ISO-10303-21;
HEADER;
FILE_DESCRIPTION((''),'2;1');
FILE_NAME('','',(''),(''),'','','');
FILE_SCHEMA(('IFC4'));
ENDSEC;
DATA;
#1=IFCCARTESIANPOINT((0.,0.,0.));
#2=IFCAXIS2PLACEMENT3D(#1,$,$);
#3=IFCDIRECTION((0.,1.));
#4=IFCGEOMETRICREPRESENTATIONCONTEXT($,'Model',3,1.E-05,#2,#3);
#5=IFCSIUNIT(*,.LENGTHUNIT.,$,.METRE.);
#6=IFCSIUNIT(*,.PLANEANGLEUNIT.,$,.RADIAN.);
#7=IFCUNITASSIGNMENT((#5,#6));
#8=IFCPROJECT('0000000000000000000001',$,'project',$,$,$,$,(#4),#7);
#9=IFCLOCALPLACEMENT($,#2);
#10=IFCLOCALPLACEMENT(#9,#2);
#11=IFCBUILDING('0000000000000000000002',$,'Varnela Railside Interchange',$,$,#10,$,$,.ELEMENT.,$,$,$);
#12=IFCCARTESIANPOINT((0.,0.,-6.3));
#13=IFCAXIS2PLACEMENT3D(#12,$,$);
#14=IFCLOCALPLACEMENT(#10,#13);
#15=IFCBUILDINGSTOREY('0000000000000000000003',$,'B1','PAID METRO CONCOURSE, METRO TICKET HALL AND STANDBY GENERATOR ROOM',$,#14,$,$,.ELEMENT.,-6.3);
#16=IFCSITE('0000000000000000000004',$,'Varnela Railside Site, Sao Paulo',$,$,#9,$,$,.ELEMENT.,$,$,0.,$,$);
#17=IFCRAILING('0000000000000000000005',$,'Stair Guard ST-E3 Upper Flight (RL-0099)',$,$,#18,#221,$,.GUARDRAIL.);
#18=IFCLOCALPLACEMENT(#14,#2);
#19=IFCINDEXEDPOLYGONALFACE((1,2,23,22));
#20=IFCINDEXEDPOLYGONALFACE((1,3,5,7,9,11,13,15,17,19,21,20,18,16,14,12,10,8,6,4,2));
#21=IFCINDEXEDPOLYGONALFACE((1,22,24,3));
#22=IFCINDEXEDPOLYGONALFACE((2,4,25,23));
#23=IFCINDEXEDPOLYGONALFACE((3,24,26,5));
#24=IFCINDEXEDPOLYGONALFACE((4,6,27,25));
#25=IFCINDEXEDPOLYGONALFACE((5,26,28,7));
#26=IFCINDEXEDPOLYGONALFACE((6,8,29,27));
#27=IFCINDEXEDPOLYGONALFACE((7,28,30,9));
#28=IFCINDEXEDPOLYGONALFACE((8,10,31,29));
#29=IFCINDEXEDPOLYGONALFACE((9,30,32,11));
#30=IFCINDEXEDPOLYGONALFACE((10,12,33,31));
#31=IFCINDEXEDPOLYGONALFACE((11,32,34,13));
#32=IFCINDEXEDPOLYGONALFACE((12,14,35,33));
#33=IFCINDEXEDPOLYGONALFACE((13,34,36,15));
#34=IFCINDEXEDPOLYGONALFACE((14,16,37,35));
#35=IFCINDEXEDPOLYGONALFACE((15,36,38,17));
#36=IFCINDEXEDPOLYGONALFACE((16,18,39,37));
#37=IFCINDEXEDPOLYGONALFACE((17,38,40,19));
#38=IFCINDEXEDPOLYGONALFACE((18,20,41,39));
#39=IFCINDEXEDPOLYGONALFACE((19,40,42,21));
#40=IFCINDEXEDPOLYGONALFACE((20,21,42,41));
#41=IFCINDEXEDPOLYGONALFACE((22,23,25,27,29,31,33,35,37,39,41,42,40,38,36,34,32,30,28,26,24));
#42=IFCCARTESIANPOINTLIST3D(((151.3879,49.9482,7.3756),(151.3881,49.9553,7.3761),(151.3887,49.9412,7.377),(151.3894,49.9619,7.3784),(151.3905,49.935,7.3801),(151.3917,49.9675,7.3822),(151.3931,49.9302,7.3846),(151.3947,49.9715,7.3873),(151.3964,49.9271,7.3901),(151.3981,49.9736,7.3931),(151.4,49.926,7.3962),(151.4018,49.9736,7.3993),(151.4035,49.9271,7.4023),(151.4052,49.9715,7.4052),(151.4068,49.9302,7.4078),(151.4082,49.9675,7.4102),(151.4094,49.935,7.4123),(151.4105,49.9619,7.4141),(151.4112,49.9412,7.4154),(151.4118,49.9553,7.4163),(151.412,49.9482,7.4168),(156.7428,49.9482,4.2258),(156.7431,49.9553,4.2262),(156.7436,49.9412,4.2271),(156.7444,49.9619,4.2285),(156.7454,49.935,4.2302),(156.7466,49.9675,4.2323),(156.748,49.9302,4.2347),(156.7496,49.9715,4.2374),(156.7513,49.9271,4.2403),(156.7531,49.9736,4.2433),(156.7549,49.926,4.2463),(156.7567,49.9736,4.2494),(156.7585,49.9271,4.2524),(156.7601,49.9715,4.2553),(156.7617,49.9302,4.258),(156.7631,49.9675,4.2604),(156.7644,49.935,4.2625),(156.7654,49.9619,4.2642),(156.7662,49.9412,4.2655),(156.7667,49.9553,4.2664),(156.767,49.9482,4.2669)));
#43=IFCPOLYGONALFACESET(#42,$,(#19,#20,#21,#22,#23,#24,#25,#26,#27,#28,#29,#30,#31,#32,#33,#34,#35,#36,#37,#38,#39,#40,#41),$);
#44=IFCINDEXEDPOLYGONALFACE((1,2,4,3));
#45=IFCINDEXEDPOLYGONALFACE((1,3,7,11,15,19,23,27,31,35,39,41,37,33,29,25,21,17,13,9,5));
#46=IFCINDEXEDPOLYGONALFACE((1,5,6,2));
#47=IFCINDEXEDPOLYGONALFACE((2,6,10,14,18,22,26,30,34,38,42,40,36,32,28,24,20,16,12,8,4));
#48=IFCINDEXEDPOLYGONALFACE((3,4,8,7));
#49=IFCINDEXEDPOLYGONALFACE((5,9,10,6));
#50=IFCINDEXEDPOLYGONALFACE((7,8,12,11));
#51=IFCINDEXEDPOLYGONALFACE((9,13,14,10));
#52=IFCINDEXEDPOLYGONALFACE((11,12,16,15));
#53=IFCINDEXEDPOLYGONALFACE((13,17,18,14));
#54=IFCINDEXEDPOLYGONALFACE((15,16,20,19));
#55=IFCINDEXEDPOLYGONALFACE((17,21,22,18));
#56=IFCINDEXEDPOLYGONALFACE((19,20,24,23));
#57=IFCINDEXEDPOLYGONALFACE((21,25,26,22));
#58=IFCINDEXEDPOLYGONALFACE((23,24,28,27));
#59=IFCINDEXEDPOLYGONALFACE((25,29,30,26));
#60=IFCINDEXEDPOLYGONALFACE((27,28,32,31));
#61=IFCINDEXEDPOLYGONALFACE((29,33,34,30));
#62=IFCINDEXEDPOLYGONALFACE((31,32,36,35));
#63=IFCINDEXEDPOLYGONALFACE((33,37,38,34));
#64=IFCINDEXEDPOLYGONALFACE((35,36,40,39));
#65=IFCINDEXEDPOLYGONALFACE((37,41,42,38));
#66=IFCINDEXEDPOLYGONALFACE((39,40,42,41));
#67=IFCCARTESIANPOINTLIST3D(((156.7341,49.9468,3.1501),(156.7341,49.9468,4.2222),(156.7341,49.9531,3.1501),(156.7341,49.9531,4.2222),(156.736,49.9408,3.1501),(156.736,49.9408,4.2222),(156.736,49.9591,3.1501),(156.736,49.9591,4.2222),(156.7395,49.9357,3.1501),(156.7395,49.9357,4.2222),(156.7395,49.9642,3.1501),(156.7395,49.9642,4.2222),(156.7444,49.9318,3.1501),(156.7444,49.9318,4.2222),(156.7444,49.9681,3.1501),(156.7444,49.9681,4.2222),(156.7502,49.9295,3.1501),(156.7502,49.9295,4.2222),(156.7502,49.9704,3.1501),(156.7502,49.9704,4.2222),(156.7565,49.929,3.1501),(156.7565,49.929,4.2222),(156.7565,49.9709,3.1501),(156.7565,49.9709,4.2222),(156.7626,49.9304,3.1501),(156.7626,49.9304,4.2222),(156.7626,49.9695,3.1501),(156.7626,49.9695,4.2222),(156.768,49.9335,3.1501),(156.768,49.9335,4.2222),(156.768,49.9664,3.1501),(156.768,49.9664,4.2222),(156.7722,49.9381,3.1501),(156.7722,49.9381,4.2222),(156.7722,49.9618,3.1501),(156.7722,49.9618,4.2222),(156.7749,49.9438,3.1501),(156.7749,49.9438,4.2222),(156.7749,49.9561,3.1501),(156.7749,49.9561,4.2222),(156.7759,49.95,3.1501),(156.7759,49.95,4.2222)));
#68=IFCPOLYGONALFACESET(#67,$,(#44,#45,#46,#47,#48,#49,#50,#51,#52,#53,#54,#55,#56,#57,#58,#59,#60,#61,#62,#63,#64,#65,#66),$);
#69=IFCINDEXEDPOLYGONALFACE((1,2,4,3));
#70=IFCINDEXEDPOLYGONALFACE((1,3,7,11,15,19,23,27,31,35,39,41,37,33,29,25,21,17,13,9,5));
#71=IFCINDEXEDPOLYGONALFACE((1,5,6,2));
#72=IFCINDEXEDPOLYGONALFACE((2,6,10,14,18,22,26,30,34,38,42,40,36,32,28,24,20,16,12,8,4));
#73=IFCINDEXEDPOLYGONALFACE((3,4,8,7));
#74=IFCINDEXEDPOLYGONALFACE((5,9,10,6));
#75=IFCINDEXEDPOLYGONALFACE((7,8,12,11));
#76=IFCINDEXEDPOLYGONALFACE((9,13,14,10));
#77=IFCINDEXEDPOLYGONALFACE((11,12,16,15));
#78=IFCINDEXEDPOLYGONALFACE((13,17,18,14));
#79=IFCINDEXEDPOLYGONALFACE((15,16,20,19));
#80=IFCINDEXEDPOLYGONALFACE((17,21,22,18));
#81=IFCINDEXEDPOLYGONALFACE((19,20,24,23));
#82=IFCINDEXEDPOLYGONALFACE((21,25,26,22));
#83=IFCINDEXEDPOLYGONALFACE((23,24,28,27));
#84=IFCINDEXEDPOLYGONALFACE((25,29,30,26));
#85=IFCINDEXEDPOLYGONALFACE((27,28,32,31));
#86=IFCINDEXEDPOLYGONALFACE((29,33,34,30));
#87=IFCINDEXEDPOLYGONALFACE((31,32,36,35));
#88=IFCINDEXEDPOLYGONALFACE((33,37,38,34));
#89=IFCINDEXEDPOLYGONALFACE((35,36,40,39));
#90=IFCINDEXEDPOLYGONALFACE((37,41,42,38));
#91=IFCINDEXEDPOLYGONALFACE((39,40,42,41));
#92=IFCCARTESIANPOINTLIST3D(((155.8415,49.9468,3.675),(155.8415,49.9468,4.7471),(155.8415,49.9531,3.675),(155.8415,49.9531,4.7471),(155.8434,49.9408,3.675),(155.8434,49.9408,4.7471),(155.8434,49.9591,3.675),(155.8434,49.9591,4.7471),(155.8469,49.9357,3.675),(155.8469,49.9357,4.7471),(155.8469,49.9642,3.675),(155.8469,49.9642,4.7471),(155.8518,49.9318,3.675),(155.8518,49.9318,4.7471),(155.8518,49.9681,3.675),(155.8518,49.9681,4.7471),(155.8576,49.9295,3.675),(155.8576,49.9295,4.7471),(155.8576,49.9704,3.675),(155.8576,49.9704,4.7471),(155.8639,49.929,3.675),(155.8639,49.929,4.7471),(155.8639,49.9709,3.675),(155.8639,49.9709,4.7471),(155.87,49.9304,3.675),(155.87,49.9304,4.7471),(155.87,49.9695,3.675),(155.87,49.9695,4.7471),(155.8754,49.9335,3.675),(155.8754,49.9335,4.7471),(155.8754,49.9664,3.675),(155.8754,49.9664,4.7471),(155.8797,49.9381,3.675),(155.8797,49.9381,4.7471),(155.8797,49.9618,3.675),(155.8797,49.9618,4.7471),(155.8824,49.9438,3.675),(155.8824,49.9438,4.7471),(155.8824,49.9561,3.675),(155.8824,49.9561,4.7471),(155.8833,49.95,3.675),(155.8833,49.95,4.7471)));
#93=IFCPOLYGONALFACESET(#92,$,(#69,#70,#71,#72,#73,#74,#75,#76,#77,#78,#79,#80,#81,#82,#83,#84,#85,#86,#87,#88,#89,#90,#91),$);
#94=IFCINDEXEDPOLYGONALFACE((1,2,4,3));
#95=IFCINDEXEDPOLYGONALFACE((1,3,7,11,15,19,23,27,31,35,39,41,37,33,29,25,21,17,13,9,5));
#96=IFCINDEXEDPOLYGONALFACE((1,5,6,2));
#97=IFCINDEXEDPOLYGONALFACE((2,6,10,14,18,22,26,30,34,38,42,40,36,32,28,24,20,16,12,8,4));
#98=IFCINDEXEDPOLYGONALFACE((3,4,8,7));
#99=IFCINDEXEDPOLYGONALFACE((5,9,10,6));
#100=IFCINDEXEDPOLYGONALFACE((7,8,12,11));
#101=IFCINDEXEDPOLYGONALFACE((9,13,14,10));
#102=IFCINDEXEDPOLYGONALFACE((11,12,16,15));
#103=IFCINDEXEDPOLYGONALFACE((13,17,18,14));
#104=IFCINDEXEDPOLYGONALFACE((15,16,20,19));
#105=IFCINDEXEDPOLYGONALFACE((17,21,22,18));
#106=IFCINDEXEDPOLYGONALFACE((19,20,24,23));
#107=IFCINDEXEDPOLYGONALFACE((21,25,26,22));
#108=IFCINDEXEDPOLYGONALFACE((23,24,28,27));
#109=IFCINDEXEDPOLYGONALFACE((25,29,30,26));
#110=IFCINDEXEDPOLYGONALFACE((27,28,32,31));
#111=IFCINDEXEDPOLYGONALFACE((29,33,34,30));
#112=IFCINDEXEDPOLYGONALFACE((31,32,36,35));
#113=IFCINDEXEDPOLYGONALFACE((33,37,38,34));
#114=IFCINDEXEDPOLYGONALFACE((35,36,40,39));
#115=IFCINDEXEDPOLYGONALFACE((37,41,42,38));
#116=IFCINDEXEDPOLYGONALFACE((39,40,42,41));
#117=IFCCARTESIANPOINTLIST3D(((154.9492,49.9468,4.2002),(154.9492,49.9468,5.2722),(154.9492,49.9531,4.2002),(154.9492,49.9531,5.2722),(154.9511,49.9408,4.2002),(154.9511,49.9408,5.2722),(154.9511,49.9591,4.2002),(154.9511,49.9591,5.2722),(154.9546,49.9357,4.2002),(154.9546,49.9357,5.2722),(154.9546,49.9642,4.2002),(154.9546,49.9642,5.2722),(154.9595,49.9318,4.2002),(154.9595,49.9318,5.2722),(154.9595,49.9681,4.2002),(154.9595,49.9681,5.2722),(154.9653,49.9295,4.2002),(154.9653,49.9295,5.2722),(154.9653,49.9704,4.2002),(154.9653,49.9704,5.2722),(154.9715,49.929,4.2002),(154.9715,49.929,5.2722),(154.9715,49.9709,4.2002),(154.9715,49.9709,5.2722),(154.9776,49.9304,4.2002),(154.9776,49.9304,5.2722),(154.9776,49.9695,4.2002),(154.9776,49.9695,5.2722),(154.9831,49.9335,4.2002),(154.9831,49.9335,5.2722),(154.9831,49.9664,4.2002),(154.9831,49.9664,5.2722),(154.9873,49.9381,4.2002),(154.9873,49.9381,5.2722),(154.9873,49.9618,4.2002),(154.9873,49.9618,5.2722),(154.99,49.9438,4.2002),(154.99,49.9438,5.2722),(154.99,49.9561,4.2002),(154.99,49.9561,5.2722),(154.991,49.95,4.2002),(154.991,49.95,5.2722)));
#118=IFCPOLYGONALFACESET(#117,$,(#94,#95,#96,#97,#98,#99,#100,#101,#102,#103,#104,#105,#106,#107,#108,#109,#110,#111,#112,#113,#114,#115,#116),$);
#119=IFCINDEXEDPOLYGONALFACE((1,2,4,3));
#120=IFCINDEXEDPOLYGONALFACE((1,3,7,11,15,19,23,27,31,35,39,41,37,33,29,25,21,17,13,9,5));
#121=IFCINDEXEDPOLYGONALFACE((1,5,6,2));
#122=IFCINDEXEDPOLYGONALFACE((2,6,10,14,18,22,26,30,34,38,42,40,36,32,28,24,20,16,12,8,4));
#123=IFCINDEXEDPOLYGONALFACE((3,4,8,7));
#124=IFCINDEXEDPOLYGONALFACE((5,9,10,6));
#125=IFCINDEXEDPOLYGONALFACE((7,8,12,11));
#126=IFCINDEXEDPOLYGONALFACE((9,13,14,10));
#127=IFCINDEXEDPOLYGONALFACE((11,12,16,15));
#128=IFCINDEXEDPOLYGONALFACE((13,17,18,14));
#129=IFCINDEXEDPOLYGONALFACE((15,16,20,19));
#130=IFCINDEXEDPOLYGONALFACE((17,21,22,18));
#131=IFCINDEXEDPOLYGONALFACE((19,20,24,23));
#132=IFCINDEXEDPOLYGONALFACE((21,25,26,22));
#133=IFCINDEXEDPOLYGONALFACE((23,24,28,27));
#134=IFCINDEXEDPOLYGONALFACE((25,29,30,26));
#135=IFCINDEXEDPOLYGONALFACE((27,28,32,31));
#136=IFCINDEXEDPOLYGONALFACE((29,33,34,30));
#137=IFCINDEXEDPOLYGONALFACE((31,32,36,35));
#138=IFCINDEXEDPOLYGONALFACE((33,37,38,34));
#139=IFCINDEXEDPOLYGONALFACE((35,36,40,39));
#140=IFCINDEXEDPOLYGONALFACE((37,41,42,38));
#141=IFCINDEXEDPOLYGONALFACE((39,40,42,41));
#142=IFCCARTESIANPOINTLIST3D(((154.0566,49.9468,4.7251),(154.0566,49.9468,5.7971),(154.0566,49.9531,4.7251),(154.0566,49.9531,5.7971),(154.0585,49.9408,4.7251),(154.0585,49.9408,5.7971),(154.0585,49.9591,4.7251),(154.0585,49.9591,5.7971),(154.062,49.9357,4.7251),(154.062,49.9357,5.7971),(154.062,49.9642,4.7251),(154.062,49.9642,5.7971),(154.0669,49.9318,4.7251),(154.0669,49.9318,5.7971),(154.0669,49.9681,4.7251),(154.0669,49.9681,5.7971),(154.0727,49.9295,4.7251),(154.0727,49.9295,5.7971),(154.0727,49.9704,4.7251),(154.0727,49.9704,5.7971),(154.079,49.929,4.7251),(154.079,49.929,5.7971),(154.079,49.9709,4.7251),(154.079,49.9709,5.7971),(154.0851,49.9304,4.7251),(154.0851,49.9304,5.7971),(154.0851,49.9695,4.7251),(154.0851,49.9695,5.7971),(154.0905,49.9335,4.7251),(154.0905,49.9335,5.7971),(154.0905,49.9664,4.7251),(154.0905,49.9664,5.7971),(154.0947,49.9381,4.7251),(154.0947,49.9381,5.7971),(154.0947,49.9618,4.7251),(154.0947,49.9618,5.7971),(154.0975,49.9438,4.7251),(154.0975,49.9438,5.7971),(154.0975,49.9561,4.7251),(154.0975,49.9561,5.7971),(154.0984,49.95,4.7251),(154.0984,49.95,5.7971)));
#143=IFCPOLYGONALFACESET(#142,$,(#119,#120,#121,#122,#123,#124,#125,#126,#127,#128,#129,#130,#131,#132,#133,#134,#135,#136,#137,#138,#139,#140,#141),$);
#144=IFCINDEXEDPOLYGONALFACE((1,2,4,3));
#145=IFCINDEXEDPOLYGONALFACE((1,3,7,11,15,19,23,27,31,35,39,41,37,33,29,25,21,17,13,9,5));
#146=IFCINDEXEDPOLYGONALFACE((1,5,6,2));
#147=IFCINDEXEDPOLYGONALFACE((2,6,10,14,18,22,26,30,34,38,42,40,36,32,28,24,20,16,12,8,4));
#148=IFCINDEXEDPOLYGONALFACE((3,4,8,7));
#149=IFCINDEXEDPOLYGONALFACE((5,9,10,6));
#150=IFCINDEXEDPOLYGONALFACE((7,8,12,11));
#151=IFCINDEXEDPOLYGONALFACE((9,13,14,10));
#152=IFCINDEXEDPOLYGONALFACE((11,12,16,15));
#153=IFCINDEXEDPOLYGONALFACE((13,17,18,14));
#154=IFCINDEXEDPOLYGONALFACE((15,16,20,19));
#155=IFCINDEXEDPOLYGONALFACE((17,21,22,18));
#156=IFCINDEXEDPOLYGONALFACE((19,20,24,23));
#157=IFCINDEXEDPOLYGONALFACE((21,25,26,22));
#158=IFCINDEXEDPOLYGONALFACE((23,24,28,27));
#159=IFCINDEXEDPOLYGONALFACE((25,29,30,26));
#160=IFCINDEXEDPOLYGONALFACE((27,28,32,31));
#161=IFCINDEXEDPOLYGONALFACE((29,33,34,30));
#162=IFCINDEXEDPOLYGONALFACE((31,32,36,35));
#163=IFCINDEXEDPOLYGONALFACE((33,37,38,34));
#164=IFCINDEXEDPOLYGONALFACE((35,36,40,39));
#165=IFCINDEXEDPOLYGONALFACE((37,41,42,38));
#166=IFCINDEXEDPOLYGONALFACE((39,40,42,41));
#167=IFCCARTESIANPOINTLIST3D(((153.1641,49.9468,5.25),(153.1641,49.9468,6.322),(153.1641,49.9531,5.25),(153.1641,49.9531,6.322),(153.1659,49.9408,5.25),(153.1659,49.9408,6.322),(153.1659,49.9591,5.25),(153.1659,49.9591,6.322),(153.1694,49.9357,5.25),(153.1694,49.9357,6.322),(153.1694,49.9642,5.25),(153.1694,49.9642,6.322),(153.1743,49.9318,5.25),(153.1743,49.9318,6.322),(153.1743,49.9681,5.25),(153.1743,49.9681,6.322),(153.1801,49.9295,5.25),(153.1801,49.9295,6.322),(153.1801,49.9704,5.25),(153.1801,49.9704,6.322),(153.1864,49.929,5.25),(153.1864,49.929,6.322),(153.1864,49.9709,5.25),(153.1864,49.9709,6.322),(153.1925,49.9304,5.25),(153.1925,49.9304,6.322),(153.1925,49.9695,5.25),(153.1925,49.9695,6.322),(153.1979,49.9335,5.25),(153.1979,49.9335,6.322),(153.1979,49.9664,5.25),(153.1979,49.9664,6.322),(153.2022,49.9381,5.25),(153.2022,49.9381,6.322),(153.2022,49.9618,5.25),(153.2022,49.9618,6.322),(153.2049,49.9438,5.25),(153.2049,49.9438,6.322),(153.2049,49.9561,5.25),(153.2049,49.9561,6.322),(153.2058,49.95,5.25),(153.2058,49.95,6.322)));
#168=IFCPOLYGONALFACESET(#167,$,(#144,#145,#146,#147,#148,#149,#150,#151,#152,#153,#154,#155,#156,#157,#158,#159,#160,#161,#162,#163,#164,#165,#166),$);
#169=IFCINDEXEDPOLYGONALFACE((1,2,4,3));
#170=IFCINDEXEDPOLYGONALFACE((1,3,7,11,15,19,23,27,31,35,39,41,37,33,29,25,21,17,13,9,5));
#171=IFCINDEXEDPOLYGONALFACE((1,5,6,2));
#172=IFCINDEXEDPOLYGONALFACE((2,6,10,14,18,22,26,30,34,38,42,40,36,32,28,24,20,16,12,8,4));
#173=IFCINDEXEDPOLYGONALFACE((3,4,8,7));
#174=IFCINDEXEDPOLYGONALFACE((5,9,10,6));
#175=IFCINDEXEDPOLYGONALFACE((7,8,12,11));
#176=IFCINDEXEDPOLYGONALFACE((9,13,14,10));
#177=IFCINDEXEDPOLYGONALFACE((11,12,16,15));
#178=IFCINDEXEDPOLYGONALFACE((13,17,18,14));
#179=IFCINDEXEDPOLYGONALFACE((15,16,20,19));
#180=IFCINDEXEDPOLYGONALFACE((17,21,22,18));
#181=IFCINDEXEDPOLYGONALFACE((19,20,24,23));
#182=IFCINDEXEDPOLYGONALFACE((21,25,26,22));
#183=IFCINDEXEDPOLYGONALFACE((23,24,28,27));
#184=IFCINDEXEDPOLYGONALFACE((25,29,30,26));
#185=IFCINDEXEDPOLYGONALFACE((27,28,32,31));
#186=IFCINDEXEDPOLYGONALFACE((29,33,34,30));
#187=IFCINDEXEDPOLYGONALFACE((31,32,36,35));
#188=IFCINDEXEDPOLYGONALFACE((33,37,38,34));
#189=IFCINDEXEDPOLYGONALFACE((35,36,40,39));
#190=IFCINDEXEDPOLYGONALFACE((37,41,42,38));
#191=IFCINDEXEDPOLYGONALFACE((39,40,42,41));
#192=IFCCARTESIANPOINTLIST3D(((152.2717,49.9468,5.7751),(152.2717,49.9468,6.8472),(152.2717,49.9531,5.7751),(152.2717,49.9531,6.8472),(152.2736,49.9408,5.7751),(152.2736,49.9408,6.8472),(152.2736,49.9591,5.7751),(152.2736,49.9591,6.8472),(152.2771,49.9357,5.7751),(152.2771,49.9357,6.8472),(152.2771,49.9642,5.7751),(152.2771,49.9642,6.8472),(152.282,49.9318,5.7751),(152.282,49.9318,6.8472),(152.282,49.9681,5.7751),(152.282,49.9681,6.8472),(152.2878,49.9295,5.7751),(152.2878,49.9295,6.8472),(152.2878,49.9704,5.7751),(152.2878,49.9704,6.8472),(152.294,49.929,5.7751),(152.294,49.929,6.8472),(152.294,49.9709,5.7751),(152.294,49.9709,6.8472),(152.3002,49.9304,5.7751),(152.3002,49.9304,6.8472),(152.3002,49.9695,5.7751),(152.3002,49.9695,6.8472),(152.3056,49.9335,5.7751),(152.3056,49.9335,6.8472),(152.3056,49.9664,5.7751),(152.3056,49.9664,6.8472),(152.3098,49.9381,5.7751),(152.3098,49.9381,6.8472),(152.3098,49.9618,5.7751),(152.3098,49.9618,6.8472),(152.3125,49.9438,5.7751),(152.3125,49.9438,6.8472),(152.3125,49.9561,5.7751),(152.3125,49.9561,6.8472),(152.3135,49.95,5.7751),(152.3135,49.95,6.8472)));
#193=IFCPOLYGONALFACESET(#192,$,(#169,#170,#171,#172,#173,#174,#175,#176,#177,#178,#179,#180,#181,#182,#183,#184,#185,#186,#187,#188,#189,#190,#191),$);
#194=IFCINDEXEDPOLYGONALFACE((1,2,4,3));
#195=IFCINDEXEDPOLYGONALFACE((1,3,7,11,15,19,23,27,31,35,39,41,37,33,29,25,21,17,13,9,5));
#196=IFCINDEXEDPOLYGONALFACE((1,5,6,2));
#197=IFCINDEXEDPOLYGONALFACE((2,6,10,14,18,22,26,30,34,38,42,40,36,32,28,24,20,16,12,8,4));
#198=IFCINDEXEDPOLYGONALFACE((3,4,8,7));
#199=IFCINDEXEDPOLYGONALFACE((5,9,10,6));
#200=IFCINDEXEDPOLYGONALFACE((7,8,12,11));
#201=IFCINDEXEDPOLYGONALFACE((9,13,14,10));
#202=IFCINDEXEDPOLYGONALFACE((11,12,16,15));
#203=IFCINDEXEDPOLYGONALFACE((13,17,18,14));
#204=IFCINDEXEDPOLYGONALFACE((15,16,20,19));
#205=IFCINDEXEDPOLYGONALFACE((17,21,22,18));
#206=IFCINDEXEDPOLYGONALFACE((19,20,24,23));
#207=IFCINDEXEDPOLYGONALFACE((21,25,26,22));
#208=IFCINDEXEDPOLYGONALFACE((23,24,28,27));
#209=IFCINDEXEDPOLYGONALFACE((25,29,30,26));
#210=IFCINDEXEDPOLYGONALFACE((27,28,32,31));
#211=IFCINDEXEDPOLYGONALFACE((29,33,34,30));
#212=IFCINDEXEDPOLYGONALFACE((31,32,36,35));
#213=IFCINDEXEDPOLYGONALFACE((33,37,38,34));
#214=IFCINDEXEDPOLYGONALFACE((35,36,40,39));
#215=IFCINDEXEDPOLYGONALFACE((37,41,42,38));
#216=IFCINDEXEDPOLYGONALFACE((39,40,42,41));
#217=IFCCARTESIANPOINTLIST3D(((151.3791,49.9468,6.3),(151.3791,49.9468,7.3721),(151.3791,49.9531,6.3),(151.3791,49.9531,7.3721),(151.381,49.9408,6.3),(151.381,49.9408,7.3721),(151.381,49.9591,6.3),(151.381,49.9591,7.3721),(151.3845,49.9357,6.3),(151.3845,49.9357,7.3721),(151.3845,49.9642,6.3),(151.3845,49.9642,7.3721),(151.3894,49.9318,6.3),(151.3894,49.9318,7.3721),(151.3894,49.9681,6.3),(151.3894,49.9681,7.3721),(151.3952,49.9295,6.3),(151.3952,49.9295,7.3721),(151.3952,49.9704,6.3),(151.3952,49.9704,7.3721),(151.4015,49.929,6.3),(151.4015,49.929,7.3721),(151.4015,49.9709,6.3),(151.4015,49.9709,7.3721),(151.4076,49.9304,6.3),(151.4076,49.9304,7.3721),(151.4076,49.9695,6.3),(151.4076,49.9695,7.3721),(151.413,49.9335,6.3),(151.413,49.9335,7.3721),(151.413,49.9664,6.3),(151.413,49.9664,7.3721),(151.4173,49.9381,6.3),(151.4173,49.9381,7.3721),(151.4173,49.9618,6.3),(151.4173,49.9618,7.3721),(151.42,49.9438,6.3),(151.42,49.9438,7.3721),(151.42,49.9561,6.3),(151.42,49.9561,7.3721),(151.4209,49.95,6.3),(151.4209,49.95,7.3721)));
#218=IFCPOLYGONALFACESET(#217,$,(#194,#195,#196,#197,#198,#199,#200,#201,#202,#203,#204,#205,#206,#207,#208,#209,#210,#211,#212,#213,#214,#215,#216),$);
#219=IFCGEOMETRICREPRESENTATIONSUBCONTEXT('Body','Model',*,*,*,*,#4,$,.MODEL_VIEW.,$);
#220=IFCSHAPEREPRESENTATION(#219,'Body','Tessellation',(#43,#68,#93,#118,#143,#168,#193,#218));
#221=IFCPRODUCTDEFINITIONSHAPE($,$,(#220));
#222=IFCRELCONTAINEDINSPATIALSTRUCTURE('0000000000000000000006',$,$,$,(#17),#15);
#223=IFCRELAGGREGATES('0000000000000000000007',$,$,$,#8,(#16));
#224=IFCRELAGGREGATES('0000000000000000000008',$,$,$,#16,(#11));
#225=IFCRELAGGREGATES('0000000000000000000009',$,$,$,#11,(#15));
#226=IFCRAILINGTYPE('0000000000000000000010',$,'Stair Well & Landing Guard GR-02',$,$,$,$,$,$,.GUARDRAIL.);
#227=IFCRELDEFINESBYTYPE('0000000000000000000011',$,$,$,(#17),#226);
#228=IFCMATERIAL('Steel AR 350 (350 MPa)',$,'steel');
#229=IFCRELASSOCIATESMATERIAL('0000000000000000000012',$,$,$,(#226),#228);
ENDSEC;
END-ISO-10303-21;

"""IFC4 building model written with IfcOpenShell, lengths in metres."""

from ifc_helpers import new_model, si_unit, direction, frame, origin, origin_2d, place, context, subcontext, project, spatial, circle, extrude, material, type_object, element, save


model = new_model("IFC4")

# Units and contexts
model_context = context("Model", 3, precision=1e-05, world=origin(), true_north=direction((0.0, 1.0)))
body_context = subcontext(model_context, "Body", "Model", "MODEL_VIEW")
ifc_project = project(units=[si_unit("LENGTHUNIT", "METRE"), si_unit("PLANEANGLEUNIT", "RADIAN")], contexts=[model_context])

# Site, building, storey
site_placement = place(None, origin())
site = spatial("IfcSite", under=ifc_project, at=site_placement, Name="Varnela Railside Site, Sao Paulo", CompositionType="ELEMENT", RefElevation=0.0)
building_placement = place(site_placement, origin())
building = spatial("IfcBuilding", under=site, at=building_placement, Name="Varnela Railside Interchange", CompositionType="ELEMENT")
storey_placement = place(building_placement, frame((0.0, 0.0, -6.3)))
storey = spatial("IfcBuildingStorey", under=building, at=storey_placement, Name="B1", Description="PAID METRO CONCOURSE, METRO TICKET HALL AND STANDBY GENERATOR ROOM", CompositionType="ELEMENT", Elevation=-6.3)

# Railing
ifc_material_1 = material(Name="Steel AR 350 (350 MPa)", Category="steel")
railing_type_1 = type_object("IfcRailingType", Name="Stair Well & Landing Guard GR-02", PredefinedType="GUARDRAIL", material=ifc_material_1)
railing_1_placement = place(storey_placement, frame((156.7549, 49.95, 3.1501)))
element("IfcRailing", 1, at=railing_1_placement, inside=storey, type_object=railing_type_1, Name="Stair Guard ST-E3 Upper Flight (RL-0099)", PredefinedType="GUARDRAIL", context=body_context, shape_type="SweptSolid", body=[
    extrude(circle(Radius=0.0239, at=origin_2d()), frame((0.0, 0.0, 1.0962), z_axis=(-0.86194, 0.0, 0.50701), x_axis=(0.0, -1.0, 0.0)), (0.0, 0.0, 1.0), 6.2126),
    extrude(circle(Radius=0.021, at=origin_2d()), origin(), (0.0, 0.0, 1.0), 1.072),
    extrude(circle(Radius=0.021, at=origin_2d()), frame((-0.8926, 0.0, 0.5249)), (0.0, 0.0, 1.0), 1.072),
    extrude(circle(Radius=0.021, at=origin_2d()), frame((-1.7849, 0.0, 1.05)), (0.0, 0.0, 1.0), 1.072),
    extrude(circle(Radius=0.021, at=origin_2d()), frame((-2.6775, 0.0, 1.575)), (0.0, 0.0, 1.0), 1.072),
    extrude(circle(Radius=0.021, at=origin_2d()), frame((-3.5701, 0.0, 2.0999)), (0.0, 0.0, 1.0), 1.072),
    extrude(circle(Radius=0.021, at=origin_2d()), frame((-4.4624, 0.0, 2.625)), (0.0, 0.0, 1.0), 1.072),
    extrude(circle(Radius=0.021, at=origin_2d()), frame((-5.355, 0.0, 3.1499)), (0.0, 0.0, 1.0), 1.072),
])

save(model, "model.ifc")
